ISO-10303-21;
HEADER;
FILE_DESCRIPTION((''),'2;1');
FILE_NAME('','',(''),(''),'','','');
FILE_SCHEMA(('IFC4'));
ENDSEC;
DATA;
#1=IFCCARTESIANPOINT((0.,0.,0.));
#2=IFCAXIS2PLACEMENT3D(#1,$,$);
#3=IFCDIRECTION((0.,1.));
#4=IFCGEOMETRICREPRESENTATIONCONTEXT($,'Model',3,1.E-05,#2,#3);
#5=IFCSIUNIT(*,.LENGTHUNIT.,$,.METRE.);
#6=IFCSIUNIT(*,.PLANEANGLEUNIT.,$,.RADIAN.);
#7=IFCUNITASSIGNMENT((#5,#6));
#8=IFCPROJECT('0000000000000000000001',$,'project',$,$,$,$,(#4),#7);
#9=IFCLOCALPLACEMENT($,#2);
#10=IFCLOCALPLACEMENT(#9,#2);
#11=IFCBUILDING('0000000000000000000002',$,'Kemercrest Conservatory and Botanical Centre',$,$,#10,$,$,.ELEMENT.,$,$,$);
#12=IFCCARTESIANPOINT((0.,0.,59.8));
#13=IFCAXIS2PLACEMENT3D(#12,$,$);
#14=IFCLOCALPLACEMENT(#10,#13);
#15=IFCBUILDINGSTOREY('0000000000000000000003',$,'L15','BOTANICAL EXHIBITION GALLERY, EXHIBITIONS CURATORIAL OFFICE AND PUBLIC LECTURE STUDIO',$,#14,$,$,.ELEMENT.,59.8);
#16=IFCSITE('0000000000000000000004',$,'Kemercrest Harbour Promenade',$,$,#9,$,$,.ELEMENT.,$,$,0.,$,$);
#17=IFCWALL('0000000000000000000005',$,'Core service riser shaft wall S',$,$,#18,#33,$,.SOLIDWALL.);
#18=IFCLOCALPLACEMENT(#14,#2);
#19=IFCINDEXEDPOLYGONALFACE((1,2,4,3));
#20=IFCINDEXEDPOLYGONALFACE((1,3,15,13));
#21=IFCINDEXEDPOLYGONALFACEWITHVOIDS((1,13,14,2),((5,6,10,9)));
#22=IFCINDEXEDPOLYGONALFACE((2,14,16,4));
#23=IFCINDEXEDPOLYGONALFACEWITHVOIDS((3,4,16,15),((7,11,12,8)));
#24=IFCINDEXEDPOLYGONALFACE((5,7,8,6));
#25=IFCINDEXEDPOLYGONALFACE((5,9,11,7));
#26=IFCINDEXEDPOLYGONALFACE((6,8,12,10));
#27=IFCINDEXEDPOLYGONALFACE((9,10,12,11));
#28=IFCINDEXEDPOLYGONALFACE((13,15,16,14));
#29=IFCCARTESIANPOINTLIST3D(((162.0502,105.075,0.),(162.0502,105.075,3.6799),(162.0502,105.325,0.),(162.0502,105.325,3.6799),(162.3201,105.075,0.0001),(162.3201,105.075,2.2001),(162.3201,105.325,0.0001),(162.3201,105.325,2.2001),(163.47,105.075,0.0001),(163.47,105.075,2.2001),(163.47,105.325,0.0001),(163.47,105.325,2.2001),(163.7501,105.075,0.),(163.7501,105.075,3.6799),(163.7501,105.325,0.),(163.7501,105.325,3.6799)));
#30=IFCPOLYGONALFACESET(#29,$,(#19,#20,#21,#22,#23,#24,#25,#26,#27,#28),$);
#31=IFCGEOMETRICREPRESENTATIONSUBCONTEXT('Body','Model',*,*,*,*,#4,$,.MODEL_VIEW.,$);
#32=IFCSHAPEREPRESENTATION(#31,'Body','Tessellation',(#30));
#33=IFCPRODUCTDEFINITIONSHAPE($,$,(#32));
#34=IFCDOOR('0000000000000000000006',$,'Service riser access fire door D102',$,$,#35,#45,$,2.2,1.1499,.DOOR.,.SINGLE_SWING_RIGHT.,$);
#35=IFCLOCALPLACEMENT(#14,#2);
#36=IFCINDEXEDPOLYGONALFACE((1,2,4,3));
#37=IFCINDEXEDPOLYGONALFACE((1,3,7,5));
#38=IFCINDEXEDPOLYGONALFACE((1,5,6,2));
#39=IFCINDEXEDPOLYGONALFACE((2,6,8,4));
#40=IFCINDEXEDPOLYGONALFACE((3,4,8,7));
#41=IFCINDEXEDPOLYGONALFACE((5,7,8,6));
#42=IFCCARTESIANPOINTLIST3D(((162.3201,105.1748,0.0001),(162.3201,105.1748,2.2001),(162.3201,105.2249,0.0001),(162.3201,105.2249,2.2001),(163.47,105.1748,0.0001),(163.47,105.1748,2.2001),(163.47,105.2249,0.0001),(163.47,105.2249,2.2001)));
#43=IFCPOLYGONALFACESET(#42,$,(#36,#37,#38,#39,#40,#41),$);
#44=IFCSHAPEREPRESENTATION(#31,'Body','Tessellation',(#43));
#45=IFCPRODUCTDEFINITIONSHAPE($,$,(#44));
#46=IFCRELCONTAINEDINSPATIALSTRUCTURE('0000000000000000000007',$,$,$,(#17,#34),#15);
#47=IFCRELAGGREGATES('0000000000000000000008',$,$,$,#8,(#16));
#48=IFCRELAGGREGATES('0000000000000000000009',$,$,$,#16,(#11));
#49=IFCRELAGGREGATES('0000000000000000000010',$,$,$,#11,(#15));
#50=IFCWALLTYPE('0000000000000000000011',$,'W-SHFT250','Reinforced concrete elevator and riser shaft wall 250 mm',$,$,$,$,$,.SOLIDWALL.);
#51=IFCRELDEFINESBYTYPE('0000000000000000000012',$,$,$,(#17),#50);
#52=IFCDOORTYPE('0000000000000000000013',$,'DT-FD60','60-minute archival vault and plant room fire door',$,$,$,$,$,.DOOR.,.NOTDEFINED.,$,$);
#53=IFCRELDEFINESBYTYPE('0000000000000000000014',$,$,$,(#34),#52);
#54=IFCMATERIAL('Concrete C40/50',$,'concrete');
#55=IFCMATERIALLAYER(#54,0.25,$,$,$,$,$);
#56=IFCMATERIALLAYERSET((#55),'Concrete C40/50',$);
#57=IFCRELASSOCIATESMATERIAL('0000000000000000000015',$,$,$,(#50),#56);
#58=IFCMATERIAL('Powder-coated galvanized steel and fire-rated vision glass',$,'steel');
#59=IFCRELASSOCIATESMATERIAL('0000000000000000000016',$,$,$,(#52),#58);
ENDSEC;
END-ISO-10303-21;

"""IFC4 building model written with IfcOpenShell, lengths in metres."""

from ifc_helpers import new_model, si_unit, direction, frame, frame_2d, origin, place, context, subcontext, project, spatial, rectangle, extrude, material, layer, layer_set, type_object, element, fill, save


model = new_model("IFC4")

# Units and contexts
model_context = context("Model", 3, precision=1e-05, world=origin(), true_north=direction((0.0, 1.0)))
body_context = subcontext(model_context, "Body", "Model", "MODEL_VIEW")
ifc_project = project(units=[si_unit("LENGTHUNIT", "METRE"), si_unit("PLANEANGLEUNIT", "RADIAN")], contexts=[model_context])

# Site, building, storey
site_placement = place(None, origin())
site = spatial("IfcSite", under=ifc_project, at=site_placement, Name="Kemercrest Harbour Promenade", CompositionType="ELEMENT", RefElevation=0.0)
building_placement = place(site_placement, origin())
building = spatial("IfcBuilding", under=site, at=building_placement, Name="Kemercrest Conservatory and Botanical Centre", CompositionType="ELEMENT")
storey_placement = place(building_placement, frame((0.0, 0.0, 59.8)))
storey = spatial("IfcBuildingStorey", under=building, at=storey_placement, Name="L15", Description="BOTANICAL EXHIBITION GALLERY, EXHIBITIONS CURATORIAL OFFICE AND PUBLIC LECTURE STUDIO", CompositionType="ELEMENT", Elevation=59.8)

# Shared definitions
ifc_material_1 = material(Name="Concrete C40/50", Category="concrete")

# Shared definitions
ifc_layer_1 = layer(ifc_material_1, 0.25)
ifc_layer_set_1 = layer_set([ifc_layer_1], Name="Concrete C40/50")
wall_type_1 = type_object("IfcWallType", Name="W-SHFT250", Description="Reinforced concrete elevator and riser shaft wall 250 mm", PredefinedType="SOLIDWALL", material=ifc_layer_set_1)

# Wall, opening, door
wall_1_placement = place(storey_placement, frame((162.05, 105.2, 0.0), z_axis=(0.0, 0.0, 1.0), x_axis=(1.0, 0.0, 0.0)))
wall_1 = element("IfcWall", 1, at=wall_1_placement, inside=storey, type_object=wall_type_1, Name="Core service riser shaft wall S", PredefinedType="SOLIDWALL", context=body_context, shape_type="SweptSolid", body=[
    extrude(rectangle(XDim=1.7, YDim=0.25, at=frame_2d((0.8501, 0.0))), origin(), (0.0, 0.0, 1.0), 3.6799),
])
opening_1_placement = place(wall_1_placement, frame((0.27, 0.0, 0.0)))
opening_1 = element("IfcOpeningElement", 2, at=opening_1_placement, cuts=wall_1, PredefinedType="OPENING", context=body_context, shape_type="SweptSolid", body=[
    extrude(rectangle(XDim=1.1499, YDim=2.2, at=frame_2d((0.575, 1.1001))), frame((0.0, 0.135, 0.0), z_axis=(0.0, -1.0, 0.0), x_axis=(1.0, 0.0, 0.0)), (0.0, 0.0, 1.0), 0.27),
])
ifc_material_2 = material(Name="Powder-coated galvanized steel and fire-rated vision glass", Category="steel")
door_type_1 = type_object("IfcDoorType", Name="DT-FD60", Description="60-minute archival vault and plant room fire door", OperationType="NOTDEFINED", PredefinedType="DOOR", material=ifc_material_2)
door_1_placement = place(opening_1_placement, origin())
door_1 = element("IfcDoor", 3, at=door_1_placement, inside=storey, type_object=door_type_1, Name="Service riser access fire door D102", OperationType="SINGLE_SWING_RIGHT", OverallHeight=2.2, OverallWidth=1.1499, PredefinedType="DOOR", context=body_context, shape_type="SweptSolid", body=[
    extrude(rectangle(XDim=1.1499, YDim=2.2, at=frame_2d((0.575, 1.1001))), frame((0.0, 0.0249, 0.0), z_axis=(0.0, -1.0, 0.0), x_axis=(1.0, 0.0, 0.0)), (0.0, 0.0, 1.0), 0.05),
])
fill(opening_1, door_1)

save(model, "model.ifc")
